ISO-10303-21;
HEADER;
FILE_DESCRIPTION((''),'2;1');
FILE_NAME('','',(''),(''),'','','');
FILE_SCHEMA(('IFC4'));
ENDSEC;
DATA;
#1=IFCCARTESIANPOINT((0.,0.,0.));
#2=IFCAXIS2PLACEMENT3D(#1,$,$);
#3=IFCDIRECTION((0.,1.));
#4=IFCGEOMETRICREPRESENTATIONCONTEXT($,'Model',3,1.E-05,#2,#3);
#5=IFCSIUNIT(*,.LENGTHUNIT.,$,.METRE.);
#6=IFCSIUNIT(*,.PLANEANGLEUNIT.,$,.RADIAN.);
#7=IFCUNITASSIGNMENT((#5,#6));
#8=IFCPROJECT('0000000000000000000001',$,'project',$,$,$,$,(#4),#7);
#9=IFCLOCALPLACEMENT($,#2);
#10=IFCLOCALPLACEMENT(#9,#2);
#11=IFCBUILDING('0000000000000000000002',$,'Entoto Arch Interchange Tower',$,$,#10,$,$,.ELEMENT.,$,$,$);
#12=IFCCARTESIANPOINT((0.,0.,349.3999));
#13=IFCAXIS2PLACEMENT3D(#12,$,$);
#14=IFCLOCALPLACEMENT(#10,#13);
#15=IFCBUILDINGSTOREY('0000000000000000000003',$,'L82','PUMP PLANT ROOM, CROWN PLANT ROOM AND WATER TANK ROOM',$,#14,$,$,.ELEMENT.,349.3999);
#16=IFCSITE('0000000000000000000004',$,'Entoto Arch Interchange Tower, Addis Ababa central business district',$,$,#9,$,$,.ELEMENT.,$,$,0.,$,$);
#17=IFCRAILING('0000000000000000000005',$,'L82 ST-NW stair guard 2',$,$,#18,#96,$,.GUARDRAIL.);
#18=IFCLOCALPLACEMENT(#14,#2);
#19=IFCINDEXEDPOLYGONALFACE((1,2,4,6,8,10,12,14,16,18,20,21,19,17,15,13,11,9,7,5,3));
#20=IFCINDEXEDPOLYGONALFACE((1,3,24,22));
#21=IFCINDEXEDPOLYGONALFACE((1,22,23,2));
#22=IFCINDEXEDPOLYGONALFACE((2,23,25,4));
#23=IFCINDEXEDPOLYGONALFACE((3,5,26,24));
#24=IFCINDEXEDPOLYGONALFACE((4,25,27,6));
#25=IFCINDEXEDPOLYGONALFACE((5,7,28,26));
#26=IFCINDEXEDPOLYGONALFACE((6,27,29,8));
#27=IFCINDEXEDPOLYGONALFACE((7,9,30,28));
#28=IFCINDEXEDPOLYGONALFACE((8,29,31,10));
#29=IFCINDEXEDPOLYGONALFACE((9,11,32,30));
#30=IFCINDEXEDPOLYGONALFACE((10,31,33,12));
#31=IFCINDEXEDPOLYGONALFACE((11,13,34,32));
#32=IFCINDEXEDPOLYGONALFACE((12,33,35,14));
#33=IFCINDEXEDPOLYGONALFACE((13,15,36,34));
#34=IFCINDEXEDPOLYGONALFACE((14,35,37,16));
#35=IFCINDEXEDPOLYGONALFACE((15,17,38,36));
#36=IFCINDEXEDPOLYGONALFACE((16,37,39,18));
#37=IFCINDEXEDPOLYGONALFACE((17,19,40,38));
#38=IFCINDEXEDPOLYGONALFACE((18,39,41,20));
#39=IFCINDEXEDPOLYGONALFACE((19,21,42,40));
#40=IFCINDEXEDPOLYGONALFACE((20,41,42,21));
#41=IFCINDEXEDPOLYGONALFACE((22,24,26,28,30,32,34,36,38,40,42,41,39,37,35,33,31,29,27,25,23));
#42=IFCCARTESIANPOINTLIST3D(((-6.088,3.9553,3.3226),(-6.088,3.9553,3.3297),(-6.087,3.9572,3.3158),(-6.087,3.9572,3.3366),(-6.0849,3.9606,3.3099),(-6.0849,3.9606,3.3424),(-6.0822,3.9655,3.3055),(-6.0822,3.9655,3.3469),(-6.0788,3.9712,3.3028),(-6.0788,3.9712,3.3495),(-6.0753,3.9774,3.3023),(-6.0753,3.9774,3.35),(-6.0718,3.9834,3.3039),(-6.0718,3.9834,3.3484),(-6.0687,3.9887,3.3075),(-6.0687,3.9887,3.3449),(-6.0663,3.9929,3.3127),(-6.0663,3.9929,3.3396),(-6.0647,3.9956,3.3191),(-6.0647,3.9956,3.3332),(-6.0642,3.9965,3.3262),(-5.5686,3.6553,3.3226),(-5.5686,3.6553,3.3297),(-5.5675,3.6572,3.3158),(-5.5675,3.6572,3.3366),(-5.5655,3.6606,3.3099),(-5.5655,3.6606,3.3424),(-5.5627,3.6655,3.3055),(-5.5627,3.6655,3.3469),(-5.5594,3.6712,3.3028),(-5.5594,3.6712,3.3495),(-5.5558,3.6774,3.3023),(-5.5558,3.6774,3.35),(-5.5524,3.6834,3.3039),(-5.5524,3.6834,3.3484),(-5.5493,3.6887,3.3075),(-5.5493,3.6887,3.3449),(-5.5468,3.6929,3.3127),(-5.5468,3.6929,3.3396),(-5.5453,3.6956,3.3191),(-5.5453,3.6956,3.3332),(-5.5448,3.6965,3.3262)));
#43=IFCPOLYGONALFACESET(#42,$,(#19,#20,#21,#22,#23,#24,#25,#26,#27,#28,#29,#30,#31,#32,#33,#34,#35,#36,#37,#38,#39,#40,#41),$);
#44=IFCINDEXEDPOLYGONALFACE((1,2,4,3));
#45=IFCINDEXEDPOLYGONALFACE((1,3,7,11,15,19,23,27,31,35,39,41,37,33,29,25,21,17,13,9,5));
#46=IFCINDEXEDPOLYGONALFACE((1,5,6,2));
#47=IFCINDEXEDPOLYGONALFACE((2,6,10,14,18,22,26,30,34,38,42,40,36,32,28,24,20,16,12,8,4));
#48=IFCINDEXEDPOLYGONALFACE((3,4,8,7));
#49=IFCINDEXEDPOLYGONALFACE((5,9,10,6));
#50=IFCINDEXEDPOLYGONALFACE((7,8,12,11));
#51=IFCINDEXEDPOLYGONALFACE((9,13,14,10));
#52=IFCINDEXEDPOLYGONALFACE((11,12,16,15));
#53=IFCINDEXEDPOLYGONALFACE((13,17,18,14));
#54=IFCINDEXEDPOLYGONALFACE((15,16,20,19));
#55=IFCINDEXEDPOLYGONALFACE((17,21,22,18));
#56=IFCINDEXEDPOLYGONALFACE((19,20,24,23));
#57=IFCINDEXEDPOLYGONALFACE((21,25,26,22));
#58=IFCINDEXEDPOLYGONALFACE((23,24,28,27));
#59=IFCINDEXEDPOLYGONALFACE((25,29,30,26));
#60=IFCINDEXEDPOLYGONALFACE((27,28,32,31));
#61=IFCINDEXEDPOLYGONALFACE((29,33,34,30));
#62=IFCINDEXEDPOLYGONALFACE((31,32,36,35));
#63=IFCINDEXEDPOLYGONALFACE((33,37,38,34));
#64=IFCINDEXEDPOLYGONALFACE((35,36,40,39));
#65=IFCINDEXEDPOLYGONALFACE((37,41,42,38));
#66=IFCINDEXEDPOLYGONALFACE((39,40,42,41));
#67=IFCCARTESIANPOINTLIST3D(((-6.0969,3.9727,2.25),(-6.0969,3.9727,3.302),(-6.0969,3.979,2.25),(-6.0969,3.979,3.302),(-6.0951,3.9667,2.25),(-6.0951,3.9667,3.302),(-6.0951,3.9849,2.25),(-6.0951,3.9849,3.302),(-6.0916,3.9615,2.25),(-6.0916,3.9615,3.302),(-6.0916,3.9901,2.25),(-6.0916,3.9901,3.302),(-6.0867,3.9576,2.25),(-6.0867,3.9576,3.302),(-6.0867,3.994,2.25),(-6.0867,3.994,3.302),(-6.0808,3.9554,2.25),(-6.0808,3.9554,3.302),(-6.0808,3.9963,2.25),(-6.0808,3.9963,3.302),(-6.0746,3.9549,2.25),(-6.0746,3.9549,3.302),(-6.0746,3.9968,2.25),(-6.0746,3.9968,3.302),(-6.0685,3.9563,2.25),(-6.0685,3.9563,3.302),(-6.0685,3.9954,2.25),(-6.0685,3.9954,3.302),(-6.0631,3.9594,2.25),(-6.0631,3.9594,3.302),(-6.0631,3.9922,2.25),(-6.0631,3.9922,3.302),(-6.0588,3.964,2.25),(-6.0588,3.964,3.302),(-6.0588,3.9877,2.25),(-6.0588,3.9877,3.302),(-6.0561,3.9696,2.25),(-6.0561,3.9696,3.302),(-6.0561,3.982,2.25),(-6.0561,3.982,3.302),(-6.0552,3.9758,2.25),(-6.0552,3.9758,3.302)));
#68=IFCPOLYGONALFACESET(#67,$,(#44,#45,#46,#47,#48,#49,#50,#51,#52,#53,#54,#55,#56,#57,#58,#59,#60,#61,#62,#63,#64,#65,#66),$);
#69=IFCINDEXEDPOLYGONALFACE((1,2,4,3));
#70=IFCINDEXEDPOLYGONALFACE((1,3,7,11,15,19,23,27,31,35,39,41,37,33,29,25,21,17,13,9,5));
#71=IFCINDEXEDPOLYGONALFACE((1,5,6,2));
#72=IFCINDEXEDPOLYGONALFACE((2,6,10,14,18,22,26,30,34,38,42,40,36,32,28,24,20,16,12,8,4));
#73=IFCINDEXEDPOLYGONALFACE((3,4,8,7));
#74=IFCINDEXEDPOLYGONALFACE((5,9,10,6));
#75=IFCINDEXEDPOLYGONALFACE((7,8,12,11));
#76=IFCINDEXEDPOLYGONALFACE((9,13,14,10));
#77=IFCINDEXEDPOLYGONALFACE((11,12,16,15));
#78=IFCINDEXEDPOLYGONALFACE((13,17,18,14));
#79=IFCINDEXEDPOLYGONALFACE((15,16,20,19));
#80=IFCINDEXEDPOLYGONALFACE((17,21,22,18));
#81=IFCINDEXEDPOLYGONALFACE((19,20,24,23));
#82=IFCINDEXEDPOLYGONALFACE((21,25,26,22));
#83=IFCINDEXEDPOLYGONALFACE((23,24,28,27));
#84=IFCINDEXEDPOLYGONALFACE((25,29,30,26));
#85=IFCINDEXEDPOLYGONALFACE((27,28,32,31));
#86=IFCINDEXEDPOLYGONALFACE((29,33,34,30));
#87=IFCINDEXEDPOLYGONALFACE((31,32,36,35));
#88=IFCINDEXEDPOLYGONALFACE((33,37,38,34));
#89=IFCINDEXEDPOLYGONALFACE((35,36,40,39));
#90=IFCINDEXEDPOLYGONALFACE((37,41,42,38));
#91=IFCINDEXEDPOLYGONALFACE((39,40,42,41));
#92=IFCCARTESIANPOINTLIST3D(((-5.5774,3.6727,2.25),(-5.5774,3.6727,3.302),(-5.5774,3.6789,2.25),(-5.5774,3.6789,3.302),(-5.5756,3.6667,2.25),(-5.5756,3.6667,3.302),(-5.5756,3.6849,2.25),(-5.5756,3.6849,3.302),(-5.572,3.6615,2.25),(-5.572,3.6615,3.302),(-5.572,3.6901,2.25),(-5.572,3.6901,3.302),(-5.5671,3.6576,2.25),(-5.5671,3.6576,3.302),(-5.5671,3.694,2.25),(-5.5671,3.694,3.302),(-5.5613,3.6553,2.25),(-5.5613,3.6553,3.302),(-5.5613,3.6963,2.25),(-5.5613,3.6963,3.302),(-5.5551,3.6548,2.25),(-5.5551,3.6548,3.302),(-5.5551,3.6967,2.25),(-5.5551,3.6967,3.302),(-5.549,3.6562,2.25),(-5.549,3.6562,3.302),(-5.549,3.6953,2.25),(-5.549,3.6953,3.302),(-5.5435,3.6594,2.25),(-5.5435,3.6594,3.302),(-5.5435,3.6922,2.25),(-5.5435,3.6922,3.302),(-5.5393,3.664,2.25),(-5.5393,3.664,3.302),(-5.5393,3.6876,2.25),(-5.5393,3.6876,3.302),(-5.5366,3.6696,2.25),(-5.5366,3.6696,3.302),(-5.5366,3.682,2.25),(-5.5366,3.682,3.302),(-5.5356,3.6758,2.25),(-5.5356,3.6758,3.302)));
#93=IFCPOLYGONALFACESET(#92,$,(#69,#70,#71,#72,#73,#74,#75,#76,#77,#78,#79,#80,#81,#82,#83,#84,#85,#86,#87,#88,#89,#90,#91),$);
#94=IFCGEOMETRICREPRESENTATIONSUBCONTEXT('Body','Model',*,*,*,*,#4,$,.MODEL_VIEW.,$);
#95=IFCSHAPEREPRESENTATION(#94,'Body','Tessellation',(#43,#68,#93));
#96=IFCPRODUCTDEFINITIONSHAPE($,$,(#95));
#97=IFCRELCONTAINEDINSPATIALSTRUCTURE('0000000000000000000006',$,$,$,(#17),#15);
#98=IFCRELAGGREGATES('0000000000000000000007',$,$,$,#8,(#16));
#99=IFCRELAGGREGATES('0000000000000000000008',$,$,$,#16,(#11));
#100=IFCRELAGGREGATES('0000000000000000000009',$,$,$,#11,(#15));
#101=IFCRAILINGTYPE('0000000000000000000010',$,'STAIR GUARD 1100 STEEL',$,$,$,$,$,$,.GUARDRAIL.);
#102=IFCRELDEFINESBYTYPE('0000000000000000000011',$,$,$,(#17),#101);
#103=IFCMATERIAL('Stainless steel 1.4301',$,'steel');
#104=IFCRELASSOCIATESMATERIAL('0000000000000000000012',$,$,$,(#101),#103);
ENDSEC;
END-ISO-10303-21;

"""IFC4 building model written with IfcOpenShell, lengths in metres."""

from ifc_helpers import new_model, si_unit, direction, frame, origin, origin_2d, place, context, subcontext, project, spatial, circle, extrude, material, type_object, element, save


model = new_model("IFC4")

# Units and contexts
model_context = context("Model", 3, precision=1e-05, world=origin(), true_north=direction((0.0, 1.0)))
body_context = subcontext(model_context, "Body", "Model", "MODEL_VIEW")
ifc_project = project(units=[si_unit("LENGTHUNIT", "METRE"), si_unit("PLANEANGLEUNIT", "RADIAN")], contexts=[model_context])

# Site, building, storey
site_placement = place(None, origin())
site = spatial("IfcSite", under=ifc_project, at=site_placement, Name="Entoto Arch Interchange Tower, Addis Ababa central business district", CompositionType="ELEMENT", RefElevation=0.0)
building_placement = place(site_placement, origin())
building = spatial("IfcBuilding", under=site, at=building_placement, Name="Entoto Arch Interchange Tower", CompositionType="ELEMENT")
storey_placement = place(building_placement, frame((0.0, 0.0, 349.3999)))
storey = spatial("IfcBuildingStorey", under=building, at=storey_placement, Name="L82", Description="PUMP PLANT ROOM, CROWN PLANT ROOM AND WATER TANK ROOM", CompositionType="ELEMENT", Elevation=349.3999)

# Railing
ifc_material_1 = material(Name="Stainless steel 1.4301", Category="steel")
railing_type_1 = type_object("IfcRailingType", Name="STAIR GUARD 1100 STEEL", PredefinedType="GUARDRAIL", material=ifc_material_1)
railing_1_placement = place(storey_placement, frame((-6.0762, 3.9758, 2.25)))
element("IfcRailing", 1, at=railing_1_placement, inside=storey, type_object=railing_type_1, Name="L82 ST-NW stair guard 2", PredefinedType="GUARDRAIL", context=body_context, shape_type="SweptSolid", body=[
    extrude(circle(Radius=0.0239, at=origin_2d()), frame((0.0, 0.0, 1.0762), z_axis=(0.865955, -0.500122, 0.0), x_axis=(0.500122, 0.865955, 0.0)), (0.0, 0.0, 1.0), 0.5999),
    extrude(circle(Radius=0.021, at=origin_2d()), origin(), (0.0, 0.0, 1.0), 1.052),
    extrude(circle(Radius=0.021, at=origin_2d()), frame((0.5195, -0.3, 0.0)), (0.0, 0.0, 1.0), 1.052),
])

save(model, "model.ifc")
